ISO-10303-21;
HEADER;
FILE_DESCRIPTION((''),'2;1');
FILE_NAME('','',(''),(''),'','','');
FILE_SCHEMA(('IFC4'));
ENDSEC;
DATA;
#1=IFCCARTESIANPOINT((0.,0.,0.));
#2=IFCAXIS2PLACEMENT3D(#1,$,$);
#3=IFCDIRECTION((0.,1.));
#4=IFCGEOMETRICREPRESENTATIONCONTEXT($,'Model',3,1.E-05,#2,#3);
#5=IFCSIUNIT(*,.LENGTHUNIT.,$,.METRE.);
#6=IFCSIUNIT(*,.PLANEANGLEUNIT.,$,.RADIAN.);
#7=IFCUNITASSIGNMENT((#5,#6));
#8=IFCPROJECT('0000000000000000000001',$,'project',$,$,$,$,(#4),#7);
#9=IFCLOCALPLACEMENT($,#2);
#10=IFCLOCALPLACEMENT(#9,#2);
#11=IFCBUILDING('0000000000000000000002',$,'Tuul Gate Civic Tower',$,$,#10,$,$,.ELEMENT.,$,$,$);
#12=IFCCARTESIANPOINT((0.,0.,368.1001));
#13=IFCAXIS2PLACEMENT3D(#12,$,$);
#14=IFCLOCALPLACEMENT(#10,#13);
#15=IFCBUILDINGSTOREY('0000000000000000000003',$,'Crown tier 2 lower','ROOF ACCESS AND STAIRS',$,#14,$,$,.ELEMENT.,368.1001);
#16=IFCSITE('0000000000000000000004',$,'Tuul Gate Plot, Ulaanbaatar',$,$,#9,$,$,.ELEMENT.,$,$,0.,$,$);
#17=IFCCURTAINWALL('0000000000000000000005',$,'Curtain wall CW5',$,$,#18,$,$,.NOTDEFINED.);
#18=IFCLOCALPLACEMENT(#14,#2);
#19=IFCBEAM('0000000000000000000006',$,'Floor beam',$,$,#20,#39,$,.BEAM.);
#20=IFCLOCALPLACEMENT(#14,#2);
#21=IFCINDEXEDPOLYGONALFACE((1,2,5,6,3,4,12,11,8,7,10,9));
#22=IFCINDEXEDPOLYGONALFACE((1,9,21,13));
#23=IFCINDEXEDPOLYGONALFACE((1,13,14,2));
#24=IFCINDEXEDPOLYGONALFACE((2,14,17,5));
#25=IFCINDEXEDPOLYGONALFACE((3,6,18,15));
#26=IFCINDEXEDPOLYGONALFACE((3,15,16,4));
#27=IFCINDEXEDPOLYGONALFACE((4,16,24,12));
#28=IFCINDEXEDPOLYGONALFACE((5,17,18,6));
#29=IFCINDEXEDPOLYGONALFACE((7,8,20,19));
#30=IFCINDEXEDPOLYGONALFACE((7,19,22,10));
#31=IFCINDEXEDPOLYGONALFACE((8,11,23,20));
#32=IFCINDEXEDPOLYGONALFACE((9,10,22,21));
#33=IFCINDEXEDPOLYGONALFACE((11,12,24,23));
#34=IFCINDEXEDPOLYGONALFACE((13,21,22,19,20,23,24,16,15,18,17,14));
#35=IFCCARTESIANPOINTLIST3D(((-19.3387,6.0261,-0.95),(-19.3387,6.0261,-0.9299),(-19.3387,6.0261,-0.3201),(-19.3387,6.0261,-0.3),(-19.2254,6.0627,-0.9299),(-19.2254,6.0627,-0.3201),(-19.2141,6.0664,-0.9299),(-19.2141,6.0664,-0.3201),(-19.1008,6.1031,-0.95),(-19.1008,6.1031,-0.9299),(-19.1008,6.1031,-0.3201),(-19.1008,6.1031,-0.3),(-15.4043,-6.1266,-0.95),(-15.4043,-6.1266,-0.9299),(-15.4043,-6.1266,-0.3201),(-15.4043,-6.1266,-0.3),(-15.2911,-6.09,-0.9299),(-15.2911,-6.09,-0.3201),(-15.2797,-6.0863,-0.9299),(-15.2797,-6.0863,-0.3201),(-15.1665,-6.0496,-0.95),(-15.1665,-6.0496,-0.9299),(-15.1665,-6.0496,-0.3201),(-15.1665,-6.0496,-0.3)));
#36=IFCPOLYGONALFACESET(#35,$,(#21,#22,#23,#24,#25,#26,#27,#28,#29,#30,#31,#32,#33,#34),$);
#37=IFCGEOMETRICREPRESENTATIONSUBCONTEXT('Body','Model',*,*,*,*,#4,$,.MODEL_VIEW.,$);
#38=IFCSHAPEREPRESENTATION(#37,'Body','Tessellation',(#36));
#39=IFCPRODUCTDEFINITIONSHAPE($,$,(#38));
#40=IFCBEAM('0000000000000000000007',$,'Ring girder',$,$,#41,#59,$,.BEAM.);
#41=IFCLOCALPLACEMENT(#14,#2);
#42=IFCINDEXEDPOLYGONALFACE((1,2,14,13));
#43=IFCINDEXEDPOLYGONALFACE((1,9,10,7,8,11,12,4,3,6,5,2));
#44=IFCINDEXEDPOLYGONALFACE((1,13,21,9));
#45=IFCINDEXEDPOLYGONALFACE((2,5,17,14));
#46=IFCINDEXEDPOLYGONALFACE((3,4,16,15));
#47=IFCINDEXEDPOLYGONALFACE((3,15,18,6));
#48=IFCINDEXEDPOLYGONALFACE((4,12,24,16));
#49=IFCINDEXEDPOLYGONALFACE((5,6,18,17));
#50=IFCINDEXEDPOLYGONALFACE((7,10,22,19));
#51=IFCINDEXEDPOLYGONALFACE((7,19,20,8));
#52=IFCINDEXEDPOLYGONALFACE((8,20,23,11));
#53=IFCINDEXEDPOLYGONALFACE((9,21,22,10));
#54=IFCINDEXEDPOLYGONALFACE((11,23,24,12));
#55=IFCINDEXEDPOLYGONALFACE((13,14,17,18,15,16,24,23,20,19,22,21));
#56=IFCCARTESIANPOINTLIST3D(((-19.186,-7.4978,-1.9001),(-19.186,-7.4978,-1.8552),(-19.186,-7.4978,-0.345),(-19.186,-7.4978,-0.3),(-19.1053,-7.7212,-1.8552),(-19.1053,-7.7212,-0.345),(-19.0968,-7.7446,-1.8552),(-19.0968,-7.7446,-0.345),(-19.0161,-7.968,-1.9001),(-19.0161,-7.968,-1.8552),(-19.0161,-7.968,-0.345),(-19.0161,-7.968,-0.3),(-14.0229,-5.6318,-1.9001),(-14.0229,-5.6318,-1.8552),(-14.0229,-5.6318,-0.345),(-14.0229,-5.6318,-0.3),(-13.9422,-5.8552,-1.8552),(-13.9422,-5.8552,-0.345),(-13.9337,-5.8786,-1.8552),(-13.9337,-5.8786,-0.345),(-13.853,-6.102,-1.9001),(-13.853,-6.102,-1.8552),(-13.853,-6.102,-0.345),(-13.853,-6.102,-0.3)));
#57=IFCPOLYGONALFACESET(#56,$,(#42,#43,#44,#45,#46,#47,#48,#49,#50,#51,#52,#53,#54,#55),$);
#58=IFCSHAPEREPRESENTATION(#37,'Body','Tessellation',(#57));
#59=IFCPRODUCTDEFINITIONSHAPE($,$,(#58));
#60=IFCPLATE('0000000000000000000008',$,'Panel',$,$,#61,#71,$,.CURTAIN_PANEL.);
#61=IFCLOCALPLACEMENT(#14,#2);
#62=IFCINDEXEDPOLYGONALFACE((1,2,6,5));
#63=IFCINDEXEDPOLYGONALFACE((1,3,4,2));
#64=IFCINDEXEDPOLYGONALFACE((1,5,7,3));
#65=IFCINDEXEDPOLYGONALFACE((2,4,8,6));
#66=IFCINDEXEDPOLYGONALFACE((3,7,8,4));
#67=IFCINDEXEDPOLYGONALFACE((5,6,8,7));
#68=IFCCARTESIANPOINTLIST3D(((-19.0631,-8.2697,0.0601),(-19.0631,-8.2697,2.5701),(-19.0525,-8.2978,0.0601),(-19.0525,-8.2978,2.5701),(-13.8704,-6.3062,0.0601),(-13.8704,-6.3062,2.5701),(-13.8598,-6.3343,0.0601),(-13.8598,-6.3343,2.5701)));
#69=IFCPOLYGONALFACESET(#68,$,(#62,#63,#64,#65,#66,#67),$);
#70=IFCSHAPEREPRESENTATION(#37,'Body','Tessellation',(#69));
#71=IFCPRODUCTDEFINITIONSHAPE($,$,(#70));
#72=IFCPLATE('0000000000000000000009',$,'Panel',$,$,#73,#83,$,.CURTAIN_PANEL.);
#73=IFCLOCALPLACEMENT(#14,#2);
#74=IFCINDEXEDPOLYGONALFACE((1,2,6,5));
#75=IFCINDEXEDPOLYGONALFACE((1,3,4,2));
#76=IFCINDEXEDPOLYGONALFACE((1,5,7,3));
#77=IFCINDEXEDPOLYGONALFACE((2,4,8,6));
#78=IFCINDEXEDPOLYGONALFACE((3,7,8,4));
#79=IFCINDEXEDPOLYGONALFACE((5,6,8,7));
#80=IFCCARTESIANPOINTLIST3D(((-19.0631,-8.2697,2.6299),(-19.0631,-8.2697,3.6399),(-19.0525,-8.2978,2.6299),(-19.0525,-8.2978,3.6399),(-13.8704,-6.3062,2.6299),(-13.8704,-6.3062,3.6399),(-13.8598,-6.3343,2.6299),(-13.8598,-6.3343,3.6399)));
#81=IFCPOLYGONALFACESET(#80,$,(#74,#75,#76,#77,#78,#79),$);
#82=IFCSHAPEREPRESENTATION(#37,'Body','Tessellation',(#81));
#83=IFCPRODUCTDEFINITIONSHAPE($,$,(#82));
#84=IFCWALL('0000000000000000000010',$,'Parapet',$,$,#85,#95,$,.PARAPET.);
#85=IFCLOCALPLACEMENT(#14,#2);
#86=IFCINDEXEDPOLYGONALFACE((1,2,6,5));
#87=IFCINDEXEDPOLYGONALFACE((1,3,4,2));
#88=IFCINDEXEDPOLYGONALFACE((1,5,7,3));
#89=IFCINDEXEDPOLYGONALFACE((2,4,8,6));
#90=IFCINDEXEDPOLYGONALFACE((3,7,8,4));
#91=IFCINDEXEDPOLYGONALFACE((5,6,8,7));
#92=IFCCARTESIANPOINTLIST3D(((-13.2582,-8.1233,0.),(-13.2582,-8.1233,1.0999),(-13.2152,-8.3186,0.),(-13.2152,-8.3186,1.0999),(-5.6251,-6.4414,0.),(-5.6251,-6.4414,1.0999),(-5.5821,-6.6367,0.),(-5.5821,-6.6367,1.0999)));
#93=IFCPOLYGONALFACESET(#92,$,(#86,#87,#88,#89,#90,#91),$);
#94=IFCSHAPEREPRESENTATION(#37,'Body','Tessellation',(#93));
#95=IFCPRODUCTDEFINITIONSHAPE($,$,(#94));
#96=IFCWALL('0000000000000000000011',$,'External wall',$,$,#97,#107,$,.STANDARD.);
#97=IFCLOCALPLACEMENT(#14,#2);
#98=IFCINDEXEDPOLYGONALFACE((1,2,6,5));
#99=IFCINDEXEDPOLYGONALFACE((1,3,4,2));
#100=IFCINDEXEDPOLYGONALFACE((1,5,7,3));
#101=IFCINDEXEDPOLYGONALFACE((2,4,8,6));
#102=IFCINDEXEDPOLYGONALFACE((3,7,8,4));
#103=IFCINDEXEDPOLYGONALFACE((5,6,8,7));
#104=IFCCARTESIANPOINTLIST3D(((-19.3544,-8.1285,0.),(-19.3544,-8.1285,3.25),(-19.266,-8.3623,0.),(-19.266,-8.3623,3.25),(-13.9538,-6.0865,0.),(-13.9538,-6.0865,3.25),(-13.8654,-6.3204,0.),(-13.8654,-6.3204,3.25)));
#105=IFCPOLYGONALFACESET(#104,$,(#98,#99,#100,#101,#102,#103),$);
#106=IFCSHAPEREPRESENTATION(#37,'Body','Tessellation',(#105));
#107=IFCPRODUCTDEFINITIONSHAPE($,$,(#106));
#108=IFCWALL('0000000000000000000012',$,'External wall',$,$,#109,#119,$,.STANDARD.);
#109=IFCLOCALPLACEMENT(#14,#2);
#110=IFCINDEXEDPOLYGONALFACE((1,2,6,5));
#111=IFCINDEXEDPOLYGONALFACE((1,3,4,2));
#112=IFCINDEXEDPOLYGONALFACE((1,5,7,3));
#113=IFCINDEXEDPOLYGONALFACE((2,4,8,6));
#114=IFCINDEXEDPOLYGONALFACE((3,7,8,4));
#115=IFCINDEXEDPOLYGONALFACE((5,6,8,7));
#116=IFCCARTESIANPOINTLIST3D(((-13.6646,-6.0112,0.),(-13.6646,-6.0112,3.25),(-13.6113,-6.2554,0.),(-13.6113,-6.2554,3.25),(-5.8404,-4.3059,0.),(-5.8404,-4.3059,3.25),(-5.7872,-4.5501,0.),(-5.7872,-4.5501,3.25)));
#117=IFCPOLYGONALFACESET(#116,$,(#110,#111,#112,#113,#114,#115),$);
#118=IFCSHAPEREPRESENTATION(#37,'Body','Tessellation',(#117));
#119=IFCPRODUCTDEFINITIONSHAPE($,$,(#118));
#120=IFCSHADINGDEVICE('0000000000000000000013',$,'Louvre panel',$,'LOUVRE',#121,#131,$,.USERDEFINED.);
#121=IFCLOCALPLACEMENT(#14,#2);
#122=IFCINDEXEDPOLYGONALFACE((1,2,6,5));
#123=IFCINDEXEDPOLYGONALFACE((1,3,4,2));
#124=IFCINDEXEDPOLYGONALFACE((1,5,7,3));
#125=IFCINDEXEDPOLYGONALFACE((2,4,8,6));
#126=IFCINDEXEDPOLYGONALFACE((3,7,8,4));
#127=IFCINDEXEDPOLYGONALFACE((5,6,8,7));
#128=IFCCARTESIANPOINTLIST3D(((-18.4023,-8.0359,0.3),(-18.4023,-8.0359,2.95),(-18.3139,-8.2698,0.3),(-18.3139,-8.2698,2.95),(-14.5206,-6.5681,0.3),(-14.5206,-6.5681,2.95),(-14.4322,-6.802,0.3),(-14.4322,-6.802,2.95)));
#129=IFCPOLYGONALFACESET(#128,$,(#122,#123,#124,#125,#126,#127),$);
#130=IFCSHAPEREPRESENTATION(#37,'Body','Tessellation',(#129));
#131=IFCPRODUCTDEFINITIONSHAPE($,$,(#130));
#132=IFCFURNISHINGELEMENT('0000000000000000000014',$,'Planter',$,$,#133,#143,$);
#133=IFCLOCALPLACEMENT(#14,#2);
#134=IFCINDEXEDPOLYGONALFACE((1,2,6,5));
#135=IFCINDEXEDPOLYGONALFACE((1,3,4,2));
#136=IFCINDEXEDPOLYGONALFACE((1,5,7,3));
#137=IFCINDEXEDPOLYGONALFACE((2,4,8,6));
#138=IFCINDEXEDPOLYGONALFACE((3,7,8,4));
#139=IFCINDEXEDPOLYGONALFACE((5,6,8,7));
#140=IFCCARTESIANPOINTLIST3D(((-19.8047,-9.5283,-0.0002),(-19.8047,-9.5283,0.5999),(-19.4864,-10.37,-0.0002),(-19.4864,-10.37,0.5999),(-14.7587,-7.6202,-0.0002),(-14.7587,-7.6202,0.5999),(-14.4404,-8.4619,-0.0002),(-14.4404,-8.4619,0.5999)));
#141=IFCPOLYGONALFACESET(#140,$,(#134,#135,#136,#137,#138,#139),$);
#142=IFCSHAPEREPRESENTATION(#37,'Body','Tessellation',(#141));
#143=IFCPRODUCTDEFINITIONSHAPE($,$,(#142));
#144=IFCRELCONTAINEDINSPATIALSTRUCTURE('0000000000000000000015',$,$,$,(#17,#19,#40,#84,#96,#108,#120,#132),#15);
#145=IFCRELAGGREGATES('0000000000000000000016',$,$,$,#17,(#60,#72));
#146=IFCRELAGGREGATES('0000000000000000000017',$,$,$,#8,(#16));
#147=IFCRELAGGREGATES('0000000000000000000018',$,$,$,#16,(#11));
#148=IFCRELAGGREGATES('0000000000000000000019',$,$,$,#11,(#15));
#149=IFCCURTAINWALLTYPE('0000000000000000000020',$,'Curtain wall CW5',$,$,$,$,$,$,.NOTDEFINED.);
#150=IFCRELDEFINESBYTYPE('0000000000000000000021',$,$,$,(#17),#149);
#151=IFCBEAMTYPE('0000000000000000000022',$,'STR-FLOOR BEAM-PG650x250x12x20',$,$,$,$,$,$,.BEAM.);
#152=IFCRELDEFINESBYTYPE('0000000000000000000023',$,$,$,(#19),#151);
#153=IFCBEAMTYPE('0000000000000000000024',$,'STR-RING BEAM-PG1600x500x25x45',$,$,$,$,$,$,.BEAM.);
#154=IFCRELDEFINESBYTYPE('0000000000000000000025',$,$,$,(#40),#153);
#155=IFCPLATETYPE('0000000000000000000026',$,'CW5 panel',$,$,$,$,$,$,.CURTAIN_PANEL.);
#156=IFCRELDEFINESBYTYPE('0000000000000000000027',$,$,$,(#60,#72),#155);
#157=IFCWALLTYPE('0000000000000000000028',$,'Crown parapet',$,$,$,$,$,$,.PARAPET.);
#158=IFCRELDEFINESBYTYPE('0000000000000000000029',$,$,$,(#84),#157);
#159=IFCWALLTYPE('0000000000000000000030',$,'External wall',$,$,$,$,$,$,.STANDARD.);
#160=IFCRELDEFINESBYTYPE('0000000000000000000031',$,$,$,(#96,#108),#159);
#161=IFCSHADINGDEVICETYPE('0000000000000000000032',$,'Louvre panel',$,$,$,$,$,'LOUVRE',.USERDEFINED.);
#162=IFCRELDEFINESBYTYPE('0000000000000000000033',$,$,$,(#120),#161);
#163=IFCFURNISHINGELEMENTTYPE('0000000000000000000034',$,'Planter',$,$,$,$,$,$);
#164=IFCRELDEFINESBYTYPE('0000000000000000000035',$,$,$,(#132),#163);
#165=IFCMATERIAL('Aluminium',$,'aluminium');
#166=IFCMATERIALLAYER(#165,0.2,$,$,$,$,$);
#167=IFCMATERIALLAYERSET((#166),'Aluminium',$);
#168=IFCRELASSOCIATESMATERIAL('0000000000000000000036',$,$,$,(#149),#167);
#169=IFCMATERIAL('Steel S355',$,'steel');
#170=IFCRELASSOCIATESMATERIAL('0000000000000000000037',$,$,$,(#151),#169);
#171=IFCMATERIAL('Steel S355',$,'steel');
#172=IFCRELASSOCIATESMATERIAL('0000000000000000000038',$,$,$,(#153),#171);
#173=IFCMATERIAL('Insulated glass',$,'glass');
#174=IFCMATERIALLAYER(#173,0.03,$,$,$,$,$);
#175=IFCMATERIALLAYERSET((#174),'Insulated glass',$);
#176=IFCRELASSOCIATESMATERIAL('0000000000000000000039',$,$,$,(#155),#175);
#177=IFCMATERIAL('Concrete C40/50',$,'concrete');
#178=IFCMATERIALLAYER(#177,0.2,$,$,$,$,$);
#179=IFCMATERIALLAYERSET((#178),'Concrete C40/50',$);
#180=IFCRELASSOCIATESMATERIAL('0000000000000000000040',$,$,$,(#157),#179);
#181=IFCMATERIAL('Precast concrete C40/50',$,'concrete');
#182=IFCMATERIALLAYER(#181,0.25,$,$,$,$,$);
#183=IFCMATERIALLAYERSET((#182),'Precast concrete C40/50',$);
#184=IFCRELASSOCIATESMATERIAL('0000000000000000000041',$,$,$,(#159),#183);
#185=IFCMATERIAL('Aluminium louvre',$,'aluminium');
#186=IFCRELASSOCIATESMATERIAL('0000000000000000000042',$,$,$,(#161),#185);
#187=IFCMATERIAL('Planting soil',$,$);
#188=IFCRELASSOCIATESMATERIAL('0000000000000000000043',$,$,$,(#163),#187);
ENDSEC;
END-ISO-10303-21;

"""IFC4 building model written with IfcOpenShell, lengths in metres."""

from ifc_helpers import new_model, si_unit, direction, frame, frame_2d, origin, origin_2d, place, context, subcontext, project, spatial, rectangle, i_section, extrude, material, layer, layer_set, material_profile, profile_set, type_object, element, aggregate, save


model = new_model("IFC4")

# Units and contexts
model_context = context("Model", 3, precision=1e-05, world=origin(), true_north=direction((0.0, 1.0)))
body_context = subcontext(model_context, "Body", "Model", "MODEL_VIEW")
ifc_project = project(units=[si_unit("LENGTHUNIT", "METRE"), si_unit("PLANEANGLEUNIT", "RADIAN")], contexts=[model_context])

# Site, building, storey
site_placement = place(None, origin())
site = spatial("IfcSite", under=ifc_project, at=site_placement, Name="Tuul Gate Plot, Ulaanbaatar", CompositionType="ELEMENT", RefElevation=0.0)
building_placement = place(site_placement, origin())
building = spatial("IfcBuilding", under=site, at=building_placement, Name="Tuul Gate Civic Tower", CompositionType="ELEMENT")
storey_placement = place(building_placement, frame((0.0, 0.0, 368.1001)))
storey = spatial("IfcBuildingStorey", under=building, at=storey_placement, Name="Crown tier 2 lower", Description="ROOF ACCESS AND STAIRS", CompositionType="ELEMENT", Elevation=368.1001)

# Shared definitions
ifc_material_1 = material(Name="Aluminium", Category="aluminium")
ifc_layer_1 = layer(ifc_material_1, 0.2)
ifc_layer_set_1 = layer_set([ifc_layer_1], Name="Aluminium")
curtain_wall_type = type_object("IfcCurtainWallType", Name="Curtain wall CW5", PredefinedType="NOTDEFINED", material=ifc_layer_set_1)

# Curtain wall
curtain_wall_1_placement = place(storey_placement, origin())
curtain_wall_1 = element("IfcCurtainWall", 1, at=curtain_wall_1_placement, inside=storey, type_object=curtain_wall_type, Name="Curtain wall CW5", PredefinedType="NOTDEFINED")

# Beams
ifc_material_2 = material(Name="Steel S355", Category="steel")
ifc_material_profile_1 = material_profile(ifc_material_2, i_section(OverallWidth=0.25, OverallDepth=0.6499, WebThickness=0.012, FlangeThickness=0.02, at=origin_2d()), Name="PG650x250x12x20")
ifc_profile_set_1 = profile_set([ifc_material_profile_1], Name="Steel S355")
beam_type_1 = type_object("IfcBeamType", Name="STR-FLOOR BEAM-PG650x250x12x20", PredefinedType="BEAM", material=ifc_profile_set_1)
beam_1_placement = place(storey_placement, frame((-15.2854, -6.0881, -0.625), z_axis=(-0.308005, 0.951385, 0.0), x_axis=(-0.951385, -0.308005, 0.0)))
element("IfcBeam", 2, at=beam_1_placement, inside=storey, type_object=beam_type_1, Name="Floor beam", PredefinedType="BEAM", context=body_context, shape_type="SweptSolid", body=[
    extrude(i_section(OverallWidth=0.25, OverallDepth=0.6499, WebThickness=0.012, FlangeThickness=0.02, at=origin_2d()), origin(), (0.0, 0.0, 1.0), 12.7737),
])
ifc_material_3 = material(Name="Steel S355", Category="steel")
ifc_material_profile_2 = material_profile(ifc_material_3, i_section(OverallWidth=0.5, OverallDepth=1.6001, WebThickness=0.0249, FlangeThickness=0.0449, at=origin_2d()), Name="PG1600x500x25x45")
ifc_profile_set_2 = profile_set([ifc_material_profile_2], Name="Steel S355")
beam_type_2 = type_object("IfcBeamType", Name="STR-RING BEAM-PG1600x500x25x45", PredefinedType="BEAM", material=ifc_profile_set_2)
beam_2_placement = place(storey_placement, frame((-19.1011, -7.7329, -1.1001), z_axis=(0.940465, 0.339889, 0.0), x_axis=(-0.339889, 0.940465, 0.0)))
element("IfcBeam", 3, at=beam_2_placement, inside=storey, type_object=beam_type_2, Name="Ring girder", PredefinedType="BEAM", context=body_context, shape_type="SweptSolid", body=[
    extrude(i_section(OverallWidth=0.5, OverallDepth=1.6001, WebThickness=0.0249, FlangeThickness=0.0449, at=origin_2d()), origin(), (0.0, 0.0, 1.0), 5.49),
])

# Plates
ifc_material_4 = material(Name="Insulated glass", Category="glass")
ifc_layer_2 = layer(ifc_material_4, 0.03)
ifc_layer_set_2 = layer_set([ifc_layer_2], Name="Insulated glass")
plate_type = type_object("IfcPlateType", Name="CW5 panel", PredefinedType="CURTAIN_PANEL", material=ifc_layer_set_2)
plate_1_placement = place(storey_placement, frame((-16.4614, -7.302, 0.0601), z_axis=(0.0, 0.0, 1.0), x_axis=(0.935362, 0.353692, 0.0)))
plate_1 = element("IfcPlate", 4, at=plate_1_placement, type_object=plate_type, Name="Panel", PredefinedType="CURTAIN_PANEL", context=body_context, shape_type="SweptSolid", body=[
    extrude(rectangle(XDim=5.5515, YDim=0.03, at=origin_2d()), origin(), (0.0, 0.0, 1.0), 2.51),
])
plate_2_placement = place(storey_placement, frame((-16.4614, -7.302, 2.6299), z_axis=(0.0, 0.0, 1.0), x_axis=(0.935362, 0.353692, 0.0)))
plate_2 = element("IfcPlate", 5, at=plate_2_placement, type_object=plate_type, Name="Panel", PredefinedType="CURTAIN_PANEL", context=body_context, shape_type="SweptSolid", body=[
    extrude(rectangle(XDim=5.5515, YDim=0.03, at=origin_2d()), origin(), (0.0, 0.0, 1.0), 1.01),
])
aggregate(curtain_wall_1, [plate_1, plate_2])

# Walls
ifc_material_5 = material(Name="Concrete C40/50", Category="concrete")
ifc_layer_3 = layer(ifc_material_5, 0.2)
ifc_layer_set_3 = layer_set([ifc_layer_3], Name="Concrete C40/50")
wall_type_1 = type_object("IfcWallType", Name="Crown parapet", PredefinedType="PARAPET", material=ifc_layer_set_3)
wall_1_placement = place(storey_placement, frame((-13.2368, -8.2209, 0.0), z_axis=(0.0, 0.0, 1.0), x_axis=(0.976574, 0.215181, 0.0)))
element("IfcWall", 6, at=wall_1_placement, inside=storey, type_object=wall_type_1, Name="Parapet", PredefinedType="PARAPET", context=body_context, shape_type="SweptSolid", body=[
    extrude(rectangle(XDim=7.8162, YDim=0.2, at=frame_2d((3.9082, 0.0))), origin(), (0.0, 0.0, 1.0), 1.0999),
])
ifc_material_6 = material(Name="Precast concrete C40/50", Category="concrete")
ifc_layer_4 = layer(ifc_material_6, 0.25)
ifc_layer_set_4 = layer_set([ifc_layer_4], Name="Precast concrete C40/50")
wall_type_2 = type_object("IfcWallType", Name="External wall", PredefinedType="STANDARD", material=ifc_layer_set_4)
wall_2_placement = place(storey_placement, frame((-19.3101, -8.2454, 0.0), z_axis=(0.0, 0.0, 1.0), x_axis=(0.935372, 0.353666, 0.0)))
element("IfcWall", 7, at=wall_2_placement, inside=storey, type_object=wall_type_2, Name="External wall", PredefinedType="STANDARD", context=body_context, shape_type="SweptSolid", body=[
    extrude(rectangle(XDim=5.7737, YDim=0.25, at=frame_2d((2.8867, 0.0))), origin(), (0.0, 0.0, 1.0), 3.25),
])
wall_3_placement = place(storey_placement, frame((-13.6379, -6.1333, 0.0), z_axis=(0.0, 0.0, 1.0), x_axis=(0.977062, 0.212955, 0.0)))
element("IfcWall", 8, at=wall_3_placement, inside=storey, type_object=wall_type_2, Name="External wall", PredefinedType="STANDARD", context=body_context, shape_type="SweptSolid", body=[
    extrude(rectangle(XDim=8.0078, YDim=0.25, at=frame_2d((4.0039, 0.0))), origin(), (0.0, 0.0, 1.0), 3.25),
])

# Shading device
ifc_material_7 = material(Name="Aluminium louvre", Category="aluminium")
shading_device_type = type_object("IfcShadingDeviceType", Name="Louvre panel", ElementType="LOUVRE", PredefinedType="USERDEFINED", material=ifc_material_7)
shading_device_placement = place(storey_placement, frame((-16.4172, -7.4189, 0.3), z_axis=(0.0, 0.0, 1.0), x_axis=(0.353692, -0.935362, 0.0)))
element("IfcShadingDevice", 9, at=shading_device_placement, inside=storey, type_object=shading_device_type, Name="Louvre panel", ObjectType="LOUVRE", PredefinedType="USERDEFINED", context=body_context, shape_type="SweptSolid", body=[
    extrude(rectangle(XDim=0.25, YDim=4.1499, at=origin_2d()), origin(), (0.0, 0.0, 1.0), 2.6499),
])

# Furnishing element
ifc_material_8 = material(Name="Planting soil")
furnishing_element_type = type_object("IfcFurnishingElementType", Name="Planter", material=ifc_material_8)
furnishing_placement = place(storey_placement, frame((-17.1226, -8.9951, -0.0002), z_axis=(0.0, 0.0, 1.0), x_axis=(0.935361, 0.353695, 0.0)))
element("IfcFurnishingElement", 10, at=furnishing_placement, inside=storey, type_object=furnishing_element_type, Name="Planter", context=body_context, shape_type="SweptSolid", body=[
    extrude(rectangle(XDim=5.3948, YDim=0.8999, at=origin_2d()), origin(), (0.0, 0.0, 1.0), 0.6001),
])

save(model, "model.ifc")
